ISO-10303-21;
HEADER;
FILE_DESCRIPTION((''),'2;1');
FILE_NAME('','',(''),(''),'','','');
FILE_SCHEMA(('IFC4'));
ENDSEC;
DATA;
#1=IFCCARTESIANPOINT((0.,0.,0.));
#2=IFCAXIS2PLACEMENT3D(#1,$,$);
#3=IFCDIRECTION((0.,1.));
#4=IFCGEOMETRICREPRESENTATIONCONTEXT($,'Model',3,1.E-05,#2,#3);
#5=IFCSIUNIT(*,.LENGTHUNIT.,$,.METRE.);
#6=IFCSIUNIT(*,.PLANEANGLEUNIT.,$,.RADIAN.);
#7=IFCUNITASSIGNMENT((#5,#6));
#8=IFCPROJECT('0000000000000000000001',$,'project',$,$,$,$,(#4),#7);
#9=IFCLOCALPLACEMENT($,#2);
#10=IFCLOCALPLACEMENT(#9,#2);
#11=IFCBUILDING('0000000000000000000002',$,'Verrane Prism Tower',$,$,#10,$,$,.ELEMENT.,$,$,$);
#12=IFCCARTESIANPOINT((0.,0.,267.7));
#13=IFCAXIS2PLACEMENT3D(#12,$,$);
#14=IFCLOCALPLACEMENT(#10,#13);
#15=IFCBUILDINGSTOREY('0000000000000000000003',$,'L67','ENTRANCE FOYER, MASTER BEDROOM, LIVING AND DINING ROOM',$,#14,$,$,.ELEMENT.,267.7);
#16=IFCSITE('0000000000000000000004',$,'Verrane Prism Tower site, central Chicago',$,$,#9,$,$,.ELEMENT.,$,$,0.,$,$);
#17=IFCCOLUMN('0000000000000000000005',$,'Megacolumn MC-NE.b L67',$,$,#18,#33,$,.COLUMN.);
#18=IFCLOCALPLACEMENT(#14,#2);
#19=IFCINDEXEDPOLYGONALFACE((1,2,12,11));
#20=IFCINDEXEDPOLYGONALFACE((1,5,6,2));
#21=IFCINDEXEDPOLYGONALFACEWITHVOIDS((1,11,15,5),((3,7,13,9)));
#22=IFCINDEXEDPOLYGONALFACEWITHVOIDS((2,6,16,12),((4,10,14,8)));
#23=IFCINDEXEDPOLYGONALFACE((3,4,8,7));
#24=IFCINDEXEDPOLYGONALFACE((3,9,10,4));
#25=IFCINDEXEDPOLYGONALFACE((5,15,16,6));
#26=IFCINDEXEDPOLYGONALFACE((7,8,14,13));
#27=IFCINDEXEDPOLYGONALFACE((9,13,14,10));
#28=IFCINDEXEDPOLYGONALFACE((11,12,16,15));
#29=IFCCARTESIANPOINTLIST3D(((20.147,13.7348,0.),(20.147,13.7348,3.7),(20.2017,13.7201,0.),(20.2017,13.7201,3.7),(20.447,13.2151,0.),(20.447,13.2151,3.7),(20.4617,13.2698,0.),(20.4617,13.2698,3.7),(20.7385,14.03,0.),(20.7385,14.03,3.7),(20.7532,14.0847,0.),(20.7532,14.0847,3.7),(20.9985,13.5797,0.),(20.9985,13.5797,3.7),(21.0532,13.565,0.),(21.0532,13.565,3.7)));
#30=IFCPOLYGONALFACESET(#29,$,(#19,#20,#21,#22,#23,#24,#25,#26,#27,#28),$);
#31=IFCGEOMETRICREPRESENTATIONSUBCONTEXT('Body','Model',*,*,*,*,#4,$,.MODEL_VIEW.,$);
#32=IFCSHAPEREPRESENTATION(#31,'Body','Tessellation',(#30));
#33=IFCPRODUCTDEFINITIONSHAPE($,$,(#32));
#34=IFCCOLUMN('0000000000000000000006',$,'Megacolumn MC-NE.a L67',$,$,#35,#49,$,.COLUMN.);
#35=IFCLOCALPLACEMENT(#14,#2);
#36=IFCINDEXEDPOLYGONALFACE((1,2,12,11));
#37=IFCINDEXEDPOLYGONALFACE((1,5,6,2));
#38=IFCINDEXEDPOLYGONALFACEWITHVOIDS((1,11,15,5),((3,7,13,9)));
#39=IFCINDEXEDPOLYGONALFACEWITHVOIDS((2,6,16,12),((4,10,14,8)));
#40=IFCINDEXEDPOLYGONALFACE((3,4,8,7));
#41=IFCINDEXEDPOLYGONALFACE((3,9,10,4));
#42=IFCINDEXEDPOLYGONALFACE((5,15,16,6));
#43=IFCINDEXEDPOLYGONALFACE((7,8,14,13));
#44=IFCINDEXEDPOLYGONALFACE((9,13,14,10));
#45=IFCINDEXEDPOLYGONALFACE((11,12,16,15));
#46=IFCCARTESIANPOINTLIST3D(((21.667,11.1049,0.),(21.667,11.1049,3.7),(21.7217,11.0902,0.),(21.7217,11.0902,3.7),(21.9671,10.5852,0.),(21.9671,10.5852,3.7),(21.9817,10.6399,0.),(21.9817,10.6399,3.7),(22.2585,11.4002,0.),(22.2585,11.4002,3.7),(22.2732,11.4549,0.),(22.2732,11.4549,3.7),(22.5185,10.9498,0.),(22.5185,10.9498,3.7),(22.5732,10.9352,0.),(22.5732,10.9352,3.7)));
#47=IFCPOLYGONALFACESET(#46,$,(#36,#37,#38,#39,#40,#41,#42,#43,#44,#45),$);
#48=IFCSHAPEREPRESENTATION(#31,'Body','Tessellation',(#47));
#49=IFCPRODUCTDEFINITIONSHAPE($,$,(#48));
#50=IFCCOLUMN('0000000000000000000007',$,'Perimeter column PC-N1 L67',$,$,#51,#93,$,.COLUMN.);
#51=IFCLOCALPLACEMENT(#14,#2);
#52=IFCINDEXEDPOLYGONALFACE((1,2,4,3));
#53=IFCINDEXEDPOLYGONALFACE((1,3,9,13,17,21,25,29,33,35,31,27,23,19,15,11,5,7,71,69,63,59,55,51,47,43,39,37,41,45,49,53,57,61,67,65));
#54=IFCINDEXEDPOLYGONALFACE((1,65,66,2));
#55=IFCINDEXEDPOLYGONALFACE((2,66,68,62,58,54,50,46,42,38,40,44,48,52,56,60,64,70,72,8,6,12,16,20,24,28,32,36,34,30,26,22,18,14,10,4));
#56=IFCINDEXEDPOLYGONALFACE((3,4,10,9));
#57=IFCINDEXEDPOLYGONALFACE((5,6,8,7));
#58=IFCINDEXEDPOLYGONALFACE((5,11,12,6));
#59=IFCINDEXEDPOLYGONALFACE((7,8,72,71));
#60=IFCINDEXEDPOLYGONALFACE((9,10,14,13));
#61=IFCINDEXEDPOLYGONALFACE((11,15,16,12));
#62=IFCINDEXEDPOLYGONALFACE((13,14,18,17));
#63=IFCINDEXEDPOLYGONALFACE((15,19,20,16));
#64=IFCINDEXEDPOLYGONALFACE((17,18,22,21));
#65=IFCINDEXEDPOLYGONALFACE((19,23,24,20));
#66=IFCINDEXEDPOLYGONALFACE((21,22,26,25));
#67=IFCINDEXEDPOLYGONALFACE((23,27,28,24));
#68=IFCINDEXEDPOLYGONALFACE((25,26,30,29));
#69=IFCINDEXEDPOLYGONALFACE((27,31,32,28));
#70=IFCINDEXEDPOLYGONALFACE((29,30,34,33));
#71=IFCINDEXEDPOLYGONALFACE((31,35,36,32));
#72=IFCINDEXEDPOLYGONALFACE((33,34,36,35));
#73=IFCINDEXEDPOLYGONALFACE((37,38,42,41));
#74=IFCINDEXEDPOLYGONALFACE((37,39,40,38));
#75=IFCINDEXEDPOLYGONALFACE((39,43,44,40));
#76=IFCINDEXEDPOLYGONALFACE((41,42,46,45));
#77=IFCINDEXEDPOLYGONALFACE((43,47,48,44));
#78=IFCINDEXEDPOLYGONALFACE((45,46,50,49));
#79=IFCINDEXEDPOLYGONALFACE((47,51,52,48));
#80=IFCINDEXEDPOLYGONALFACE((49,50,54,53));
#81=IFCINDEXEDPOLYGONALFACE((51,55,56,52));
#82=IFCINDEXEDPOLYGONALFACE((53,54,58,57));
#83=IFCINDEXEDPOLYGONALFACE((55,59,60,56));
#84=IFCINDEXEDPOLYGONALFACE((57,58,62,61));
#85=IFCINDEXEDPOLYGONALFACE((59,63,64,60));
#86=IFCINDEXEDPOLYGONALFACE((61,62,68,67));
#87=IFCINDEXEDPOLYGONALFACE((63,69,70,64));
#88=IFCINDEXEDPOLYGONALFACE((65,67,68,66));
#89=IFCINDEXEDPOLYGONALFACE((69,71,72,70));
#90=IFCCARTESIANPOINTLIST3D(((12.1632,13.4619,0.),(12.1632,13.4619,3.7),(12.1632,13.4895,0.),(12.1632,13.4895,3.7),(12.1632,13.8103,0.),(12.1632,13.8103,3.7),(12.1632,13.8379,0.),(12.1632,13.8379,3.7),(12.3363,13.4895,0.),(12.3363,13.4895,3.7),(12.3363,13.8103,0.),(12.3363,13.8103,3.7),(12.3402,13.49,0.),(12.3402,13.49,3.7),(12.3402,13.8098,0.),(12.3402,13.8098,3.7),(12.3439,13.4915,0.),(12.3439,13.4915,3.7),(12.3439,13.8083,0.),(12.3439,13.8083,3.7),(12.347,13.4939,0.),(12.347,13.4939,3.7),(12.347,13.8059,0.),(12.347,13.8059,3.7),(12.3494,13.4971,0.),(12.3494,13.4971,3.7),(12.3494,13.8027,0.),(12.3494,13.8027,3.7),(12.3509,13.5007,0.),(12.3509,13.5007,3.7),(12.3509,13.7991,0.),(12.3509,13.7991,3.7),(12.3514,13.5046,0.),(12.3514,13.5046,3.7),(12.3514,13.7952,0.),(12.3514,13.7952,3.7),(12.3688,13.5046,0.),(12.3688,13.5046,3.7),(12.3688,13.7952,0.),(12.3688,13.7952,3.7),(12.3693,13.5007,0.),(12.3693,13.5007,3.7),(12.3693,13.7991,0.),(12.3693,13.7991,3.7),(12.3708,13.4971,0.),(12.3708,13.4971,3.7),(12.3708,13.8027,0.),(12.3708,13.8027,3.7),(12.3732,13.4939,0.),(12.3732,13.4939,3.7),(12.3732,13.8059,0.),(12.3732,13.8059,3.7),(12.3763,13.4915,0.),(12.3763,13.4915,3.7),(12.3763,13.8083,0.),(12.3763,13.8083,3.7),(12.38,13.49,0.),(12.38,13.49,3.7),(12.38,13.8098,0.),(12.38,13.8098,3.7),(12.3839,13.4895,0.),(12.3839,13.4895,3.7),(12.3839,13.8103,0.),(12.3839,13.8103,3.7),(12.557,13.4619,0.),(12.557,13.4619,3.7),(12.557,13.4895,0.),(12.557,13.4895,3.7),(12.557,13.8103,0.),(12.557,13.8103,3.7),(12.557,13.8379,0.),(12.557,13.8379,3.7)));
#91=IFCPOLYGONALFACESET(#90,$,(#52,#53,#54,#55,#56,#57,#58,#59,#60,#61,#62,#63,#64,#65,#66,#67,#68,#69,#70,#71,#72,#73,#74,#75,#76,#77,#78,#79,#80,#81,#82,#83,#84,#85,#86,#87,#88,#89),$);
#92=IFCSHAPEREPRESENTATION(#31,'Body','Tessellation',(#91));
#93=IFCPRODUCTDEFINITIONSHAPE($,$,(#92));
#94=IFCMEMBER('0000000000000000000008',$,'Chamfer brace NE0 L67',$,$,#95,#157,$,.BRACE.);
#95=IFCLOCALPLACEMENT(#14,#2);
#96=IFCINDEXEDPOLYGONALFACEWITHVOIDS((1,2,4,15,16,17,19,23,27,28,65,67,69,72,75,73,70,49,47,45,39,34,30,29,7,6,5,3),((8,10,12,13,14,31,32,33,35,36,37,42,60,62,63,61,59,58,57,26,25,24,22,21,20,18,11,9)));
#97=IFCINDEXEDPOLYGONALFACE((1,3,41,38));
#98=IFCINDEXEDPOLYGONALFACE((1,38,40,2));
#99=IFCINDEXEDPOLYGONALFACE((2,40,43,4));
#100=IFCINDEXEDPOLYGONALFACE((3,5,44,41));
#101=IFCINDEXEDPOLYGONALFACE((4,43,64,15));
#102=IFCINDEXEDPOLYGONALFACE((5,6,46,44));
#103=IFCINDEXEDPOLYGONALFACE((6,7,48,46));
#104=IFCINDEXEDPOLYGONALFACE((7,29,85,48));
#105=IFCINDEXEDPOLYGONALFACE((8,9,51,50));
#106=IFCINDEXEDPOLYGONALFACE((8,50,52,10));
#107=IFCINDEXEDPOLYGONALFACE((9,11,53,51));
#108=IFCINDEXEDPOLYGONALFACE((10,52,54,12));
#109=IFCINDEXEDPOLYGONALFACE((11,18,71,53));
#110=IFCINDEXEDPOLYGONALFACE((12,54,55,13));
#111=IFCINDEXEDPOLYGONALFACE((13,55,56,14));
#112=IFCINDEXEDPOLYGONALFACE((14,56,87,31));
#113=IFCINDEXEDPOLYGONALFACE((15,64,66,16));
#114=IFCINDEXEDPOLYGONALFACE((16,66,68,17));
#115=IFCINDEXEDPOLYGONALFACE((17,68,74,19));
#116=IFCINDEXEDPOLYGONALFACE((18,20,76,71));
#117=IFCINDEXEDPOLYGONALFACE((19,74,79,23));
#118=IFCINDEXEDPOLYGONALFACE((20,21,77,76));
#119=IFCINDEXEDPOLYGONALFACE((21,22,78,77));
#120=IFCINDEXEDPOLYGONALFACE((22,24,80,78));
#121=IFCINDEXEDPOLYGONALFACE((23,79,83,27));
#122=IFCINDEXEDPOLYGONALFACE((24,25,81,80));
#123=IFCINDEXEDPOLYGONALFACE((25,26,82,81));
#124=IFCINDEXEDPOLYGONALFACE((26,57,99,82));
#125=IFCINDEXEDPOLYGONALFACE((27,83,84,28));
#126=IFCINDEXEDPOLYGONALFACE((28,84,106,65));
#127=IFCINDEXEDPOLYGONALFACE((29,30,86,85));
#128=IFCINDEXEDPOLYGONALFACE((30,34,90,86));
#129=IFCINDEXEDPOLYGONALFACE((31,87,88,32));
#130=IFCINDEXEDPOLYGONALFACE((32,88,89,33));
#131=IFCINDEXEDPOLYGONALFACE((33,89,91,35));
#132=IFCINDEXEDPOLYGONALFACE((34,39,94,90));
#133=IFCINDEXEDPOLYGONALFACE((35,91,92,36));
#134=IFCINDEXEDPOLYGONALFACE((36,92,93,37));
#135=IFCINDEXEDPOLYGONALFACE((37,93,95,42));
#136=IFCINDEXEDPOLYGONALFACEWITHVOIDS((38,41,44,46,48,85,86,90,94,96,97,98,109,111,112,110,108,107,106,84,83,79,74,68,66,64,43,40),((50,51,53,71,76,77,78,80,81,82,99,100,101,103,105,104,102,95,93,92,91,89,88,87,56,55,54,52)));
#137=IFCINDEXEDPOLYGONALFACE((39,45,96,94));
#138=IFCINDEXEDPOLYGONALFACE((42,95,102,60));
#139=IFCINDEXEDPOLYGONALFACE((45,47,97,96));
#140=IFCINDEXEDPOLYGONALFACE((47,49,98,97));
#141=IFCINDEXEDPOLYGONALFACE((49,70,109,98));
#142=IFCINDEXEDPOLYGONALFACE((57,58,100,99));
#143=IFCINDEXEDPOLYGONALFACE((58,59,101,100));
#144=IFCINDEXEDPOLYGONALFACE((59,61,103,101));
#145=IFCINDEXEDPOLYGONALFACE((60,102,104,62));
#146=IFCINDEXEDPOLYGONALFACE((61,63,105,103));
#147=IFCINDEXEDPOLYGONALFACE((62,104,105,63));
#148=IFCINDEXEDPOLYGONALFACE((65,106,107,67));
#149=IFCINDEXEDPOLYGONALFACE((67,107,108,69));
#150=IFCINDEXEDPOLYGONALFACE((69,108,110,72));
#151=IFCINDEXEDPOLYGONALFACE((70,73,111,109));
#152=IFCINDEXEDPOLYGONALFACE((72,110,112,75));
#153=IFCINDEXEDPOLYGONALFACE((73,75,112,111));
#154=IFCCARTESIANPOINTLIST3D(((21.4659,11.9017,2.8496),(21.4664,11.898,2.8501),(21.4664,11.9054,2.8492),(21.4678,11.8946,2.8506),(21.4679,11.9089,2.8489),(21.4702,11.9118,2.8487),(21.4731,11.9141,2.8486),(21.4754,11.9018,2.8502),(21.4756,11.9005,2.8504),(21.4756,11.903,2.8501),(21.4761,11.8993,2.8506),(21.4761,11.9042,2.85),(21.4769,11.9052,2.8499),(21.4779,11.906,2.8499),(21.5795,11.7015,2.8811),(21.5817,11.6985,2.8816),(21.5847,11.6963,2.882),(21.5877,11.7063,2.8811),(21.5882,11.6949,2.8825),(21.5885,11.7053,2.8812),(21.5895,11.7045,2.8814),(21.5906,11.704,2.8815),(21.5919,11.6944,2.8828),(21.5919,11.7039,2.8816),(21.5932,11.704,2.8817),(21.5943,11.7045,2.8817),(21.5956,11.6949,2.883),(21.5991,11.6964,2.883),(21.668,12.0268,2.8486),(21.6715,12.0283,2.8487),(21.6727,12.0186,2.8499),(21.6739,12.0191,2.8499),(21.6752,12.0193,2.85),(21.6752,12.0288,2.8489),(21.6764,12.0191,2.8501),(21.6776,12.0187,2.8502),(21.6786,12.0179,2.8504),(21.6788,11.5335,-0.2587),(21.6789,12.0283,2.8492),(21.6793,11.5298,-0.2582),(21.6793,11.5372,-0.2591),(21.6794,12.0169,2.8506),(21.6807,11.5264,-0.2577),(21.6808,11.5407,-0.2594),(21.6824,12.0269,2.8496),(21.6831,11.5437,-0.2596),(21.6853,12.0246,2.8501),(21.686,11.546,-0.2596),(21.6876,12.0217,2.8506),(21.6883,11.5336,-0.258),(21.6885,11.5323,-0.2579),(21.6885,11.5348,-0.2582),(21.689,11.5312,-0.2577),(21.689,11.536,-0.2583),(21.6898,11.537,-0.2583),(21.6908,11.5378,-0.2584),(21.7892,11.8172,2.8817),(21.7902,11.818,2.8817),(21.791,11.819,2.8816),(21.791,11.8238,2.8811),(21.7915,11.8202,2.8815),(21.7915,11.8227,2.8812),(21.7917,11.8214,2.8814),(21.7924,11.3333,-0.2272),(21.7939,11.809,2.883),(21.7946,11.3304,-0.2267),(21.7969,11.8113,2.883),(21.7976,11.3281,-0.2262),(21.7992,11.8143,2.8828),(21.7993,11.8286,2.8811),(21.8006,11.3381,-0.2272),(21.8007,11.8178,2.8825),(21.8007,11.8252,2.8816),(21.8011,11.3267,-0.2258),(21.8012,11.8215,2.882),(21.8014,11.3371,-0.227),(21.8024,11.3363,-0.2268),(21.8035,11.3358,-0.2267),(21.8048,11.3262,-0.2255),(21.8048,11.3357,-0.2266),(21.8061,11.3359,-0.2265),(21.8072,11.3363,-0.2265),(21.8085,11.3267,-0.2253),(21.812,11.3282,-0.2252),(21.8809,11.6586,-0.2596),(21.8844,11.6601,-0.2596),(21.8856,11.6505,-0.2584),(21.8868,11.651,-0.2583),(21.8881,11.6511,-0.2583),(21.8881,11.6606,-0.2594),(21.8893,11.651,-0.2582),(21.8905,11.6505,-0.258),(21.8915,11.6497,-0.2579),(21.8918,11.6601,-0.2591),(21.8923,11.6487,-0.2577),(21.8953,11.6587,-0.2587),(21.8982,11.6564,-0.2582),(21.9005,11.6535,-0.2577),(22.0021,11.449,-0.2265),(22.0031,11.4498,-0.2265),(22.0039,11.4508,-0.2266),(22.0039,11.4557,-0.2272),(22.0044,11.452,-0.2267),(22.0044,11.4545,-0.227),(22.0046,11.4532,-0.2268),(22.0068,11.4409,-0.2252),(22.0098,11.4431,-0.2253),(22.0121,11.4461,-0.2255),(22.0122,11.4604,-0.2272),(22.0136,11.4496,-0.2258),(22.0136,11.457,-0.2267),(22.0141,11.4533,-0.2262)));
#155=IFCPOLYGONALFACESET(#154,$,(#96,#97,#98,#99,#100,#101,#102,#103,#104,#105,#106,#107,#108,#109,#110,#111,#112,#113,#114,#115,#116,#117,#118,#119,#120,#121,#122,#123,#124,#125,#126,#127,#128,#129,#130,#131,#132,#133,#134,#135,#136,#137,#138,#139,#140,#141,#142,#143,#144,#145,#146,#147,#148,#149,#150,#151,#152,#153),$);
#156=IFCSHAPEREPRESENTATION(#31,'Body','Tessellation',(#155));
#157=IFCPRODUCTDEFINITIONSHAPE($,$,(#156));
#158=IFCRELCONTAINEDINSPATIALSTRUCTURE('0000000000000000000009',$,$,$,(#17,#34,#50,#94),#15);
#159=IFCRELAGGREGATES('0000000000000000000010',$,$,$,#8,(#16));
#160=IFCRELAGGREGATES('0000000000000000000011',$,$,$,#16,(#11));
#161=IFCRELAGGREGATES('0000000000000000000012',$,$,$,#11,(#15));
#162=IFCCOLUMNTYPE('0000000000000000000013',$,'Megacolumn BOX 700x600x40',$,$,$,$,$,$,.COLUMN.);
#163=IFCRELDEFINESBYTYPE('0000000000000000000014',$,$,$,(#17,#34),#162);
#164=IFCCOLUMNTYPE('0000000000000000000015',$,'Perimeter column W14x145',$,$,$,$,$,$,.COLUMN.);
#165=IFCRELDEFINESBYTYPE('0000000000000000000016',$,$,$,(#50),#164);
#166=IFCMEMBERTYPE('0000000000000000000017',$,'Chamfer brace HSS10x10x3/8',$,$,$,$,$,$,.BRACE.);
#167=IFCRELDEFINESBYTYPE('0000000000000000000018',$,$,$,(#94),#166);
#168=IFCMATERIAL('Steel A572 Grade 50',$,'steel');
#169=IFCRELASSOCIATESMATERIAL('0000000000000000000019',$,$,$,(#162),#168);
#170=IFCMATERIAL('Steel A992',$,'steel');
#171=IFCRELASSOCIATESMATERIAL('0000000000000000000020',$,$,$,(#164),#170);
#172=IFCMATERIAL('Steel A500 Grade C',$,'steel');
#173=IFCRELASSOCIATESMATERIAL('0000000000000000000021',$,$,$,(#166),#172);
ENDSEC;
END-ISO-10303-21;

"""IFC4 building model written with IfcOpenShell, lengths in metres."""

from ifc_helpers import new_model, si_unit, direction, frame, origin, origin_2d, place, context, subcontext, project, spatial, hollow_rectangle, i_section, extrude, material, material_profile, profile_set, type_object, element, save


model = new_model("IFC4")

# Units and contexts
model_context = context("Model", 3, precision=1e-05, world=origin(), true_north=direction((0.0, 1.0)))
body_context = subcontext(model_context, "Body", "Model", "MODEL_VIEW")
ifc_project = project(units=[si_unit("LENGTHUNIT", "METRE"), si_unit("PLANEANGLEUNIT", "RADIAN")], contexts=[model_context])

# Site, building, storey
site_placement = place(None, origin())
site = spatial("IfcSite", under=ifc_project, at=site_placement, Name="Verrane Prism Tower site, central Chicago", CompositionType="ELEMENT", RefElevation=0.0)
building_placement = place(site_placement, origin())
building = spatial("IfcBuilding", under=site, at=building_placement, Name="Verrane Prism Tower", CompositionType="ELEMENT")
storey_placement = place(building_placement, frame((0.0, 0.0, 267.7)))
storey = spatial("IfcBuildingStorey", under=building, at=storey_placement, Name="L67", Description="ENTRANCE FOYER, MASTER BEDROOM, LIVING AND DINING ROOM", CompositionType="ELEMENT", Elevation=267.7)

# Columns
ifc_material_1 = material(Name="Steel A572 Grade 50", Category="steel")
ifc_material_profile_1 = material_profile(ifc_material_1, hollow_rectangle(XDim=0.6001, YDim=0.7, WallThickness=0.04, at=origin_2d()), Name="BOX 700x600x40")
ifc_profile_set_1 = profile_set([ifc_material_profile_1], Name="Steel A572 Grade 50")
column_type_1 = type_object("IfcColumnType", Name="Megacolumn BOX 700x600x40", PredefinedType="COLUMN", material=ifc_profile_set_1)
for number, where, z_axis, x_axis, name in (
    (1, (20.6001, 13.6499, 0.0), (0.0, 0.0, 1.0), (0.5, -0.866025, 0.0), "Megacolumn MC-NE.b L67"),
    (2, (22.1201, 11.02, 0.0), (0.0, 0.0, 1.0), (0.5, -0.866025, 0.0), "Megacolumn MC-NE.a L67"),
):
    element("IfcColumn", number, at=place(storey_placement, frame(where, z_axis=z_axis, x_axis=x_axis)), inside=storey, type_object=column_type_1, Name=name, PredefinedType="COLUMN", context=body_context, shape_type="SweptSolid", body=[
        extrude(hollow_rectangle(XDim=0.6001, YDim=0.7, WallThickness=0.04, at=origin_2d()), origin(), (0.0, 0.0, 1.0), 3.7),
    ])
ifc_material_2 = material(Name="Steel A992", Category="steel")
ifc_material_profile_2 = material_profile(ifc_material_2, i_section(OverallWidth=0.3938, OverallDepth=0.376, WebThickness=0.0173, FlangeThickness=0.0276, FilletRadius=0.0151, at=origin_2d()), Name="W14x145")
ifc_profile_set_2 = profile_set([ifc_material_profile_2], Name="Steel A992")
column_type_2 = type_object("IfcColumnType", Name="Perimeter column W14x145", PredefinedType="COLUMN", material=ifc_profile_set_2)
column_placement = place(storey_placement, frame((12.3601, 13.6499, 0.0), z_axis=(0.0, 0.0, 1.0), x_axis=(1.0, 0.0, 0.0)))
element("IfcColumn", 3, at=column_placement, inside=storey, type_object=column_type_2, Name="Perimeter column PC-N1 L67", PredefinedType="COLUMN", context=body_context, shape_type="SweptSolid", body=[
    extrude(i_section(OverallWidth=0.3938, OverallDepth=0.376, WebThickness=0.0173, FlangeThickness=0.0276, FilletRadius=0.0151, at=origin_2d()), origin(), (0.0, 0.0, 1.0), 3.7),
])

# Member
ifc_material_3 = material(Name="Steel A500 Grade C", Category="steel")
ifc_material_profile_3 = material_profile(ifc_material_3, hollow_rectangle(XDim=0.2539, YDim=0.2539, WallThickness=0.0095, InnerFilletRadius=0.0049, OuterFilletRadius=0.0144, at=origin_2d()), Name="HSS10x10x3/8")
ifc_profile_set_3 = profile_set([ifc_material_profile_3], Name="Steel A500 Grade C")
member_type_1 = type_object("IfcMemberType", Name="Chamfer brace HSS10x10x3/8", PredefinedType="BRACE", material=ifc_profile_set_3)
member_1_placement = place(storey_placement, frame((21.8464, 11.4934, -0.2424), z_axis=(-0.067862, 0.117358, 0.990768), x_axis=(-0.865688, -0.500584, 0.0)))
element("IfcMember", 4, at=member_1_placement, inside=storey, type_object=member_type_1, Name="Chamfer brace NE0 L67", PredefinedType="BRACE", context=body_context, shape_type="SweptSolid", body=[
    extrude(hollow_rectangle(XDim=0.2539, YDim=0.2539, WallThickness=0.0095, InnerFilletRadius=0.0049, OuterFilletRadius=0.0144, at=origin_2d()), origin(), (0.0, 0.0, 1.0), 3.1372),
])

save(model, "model.ifc")
